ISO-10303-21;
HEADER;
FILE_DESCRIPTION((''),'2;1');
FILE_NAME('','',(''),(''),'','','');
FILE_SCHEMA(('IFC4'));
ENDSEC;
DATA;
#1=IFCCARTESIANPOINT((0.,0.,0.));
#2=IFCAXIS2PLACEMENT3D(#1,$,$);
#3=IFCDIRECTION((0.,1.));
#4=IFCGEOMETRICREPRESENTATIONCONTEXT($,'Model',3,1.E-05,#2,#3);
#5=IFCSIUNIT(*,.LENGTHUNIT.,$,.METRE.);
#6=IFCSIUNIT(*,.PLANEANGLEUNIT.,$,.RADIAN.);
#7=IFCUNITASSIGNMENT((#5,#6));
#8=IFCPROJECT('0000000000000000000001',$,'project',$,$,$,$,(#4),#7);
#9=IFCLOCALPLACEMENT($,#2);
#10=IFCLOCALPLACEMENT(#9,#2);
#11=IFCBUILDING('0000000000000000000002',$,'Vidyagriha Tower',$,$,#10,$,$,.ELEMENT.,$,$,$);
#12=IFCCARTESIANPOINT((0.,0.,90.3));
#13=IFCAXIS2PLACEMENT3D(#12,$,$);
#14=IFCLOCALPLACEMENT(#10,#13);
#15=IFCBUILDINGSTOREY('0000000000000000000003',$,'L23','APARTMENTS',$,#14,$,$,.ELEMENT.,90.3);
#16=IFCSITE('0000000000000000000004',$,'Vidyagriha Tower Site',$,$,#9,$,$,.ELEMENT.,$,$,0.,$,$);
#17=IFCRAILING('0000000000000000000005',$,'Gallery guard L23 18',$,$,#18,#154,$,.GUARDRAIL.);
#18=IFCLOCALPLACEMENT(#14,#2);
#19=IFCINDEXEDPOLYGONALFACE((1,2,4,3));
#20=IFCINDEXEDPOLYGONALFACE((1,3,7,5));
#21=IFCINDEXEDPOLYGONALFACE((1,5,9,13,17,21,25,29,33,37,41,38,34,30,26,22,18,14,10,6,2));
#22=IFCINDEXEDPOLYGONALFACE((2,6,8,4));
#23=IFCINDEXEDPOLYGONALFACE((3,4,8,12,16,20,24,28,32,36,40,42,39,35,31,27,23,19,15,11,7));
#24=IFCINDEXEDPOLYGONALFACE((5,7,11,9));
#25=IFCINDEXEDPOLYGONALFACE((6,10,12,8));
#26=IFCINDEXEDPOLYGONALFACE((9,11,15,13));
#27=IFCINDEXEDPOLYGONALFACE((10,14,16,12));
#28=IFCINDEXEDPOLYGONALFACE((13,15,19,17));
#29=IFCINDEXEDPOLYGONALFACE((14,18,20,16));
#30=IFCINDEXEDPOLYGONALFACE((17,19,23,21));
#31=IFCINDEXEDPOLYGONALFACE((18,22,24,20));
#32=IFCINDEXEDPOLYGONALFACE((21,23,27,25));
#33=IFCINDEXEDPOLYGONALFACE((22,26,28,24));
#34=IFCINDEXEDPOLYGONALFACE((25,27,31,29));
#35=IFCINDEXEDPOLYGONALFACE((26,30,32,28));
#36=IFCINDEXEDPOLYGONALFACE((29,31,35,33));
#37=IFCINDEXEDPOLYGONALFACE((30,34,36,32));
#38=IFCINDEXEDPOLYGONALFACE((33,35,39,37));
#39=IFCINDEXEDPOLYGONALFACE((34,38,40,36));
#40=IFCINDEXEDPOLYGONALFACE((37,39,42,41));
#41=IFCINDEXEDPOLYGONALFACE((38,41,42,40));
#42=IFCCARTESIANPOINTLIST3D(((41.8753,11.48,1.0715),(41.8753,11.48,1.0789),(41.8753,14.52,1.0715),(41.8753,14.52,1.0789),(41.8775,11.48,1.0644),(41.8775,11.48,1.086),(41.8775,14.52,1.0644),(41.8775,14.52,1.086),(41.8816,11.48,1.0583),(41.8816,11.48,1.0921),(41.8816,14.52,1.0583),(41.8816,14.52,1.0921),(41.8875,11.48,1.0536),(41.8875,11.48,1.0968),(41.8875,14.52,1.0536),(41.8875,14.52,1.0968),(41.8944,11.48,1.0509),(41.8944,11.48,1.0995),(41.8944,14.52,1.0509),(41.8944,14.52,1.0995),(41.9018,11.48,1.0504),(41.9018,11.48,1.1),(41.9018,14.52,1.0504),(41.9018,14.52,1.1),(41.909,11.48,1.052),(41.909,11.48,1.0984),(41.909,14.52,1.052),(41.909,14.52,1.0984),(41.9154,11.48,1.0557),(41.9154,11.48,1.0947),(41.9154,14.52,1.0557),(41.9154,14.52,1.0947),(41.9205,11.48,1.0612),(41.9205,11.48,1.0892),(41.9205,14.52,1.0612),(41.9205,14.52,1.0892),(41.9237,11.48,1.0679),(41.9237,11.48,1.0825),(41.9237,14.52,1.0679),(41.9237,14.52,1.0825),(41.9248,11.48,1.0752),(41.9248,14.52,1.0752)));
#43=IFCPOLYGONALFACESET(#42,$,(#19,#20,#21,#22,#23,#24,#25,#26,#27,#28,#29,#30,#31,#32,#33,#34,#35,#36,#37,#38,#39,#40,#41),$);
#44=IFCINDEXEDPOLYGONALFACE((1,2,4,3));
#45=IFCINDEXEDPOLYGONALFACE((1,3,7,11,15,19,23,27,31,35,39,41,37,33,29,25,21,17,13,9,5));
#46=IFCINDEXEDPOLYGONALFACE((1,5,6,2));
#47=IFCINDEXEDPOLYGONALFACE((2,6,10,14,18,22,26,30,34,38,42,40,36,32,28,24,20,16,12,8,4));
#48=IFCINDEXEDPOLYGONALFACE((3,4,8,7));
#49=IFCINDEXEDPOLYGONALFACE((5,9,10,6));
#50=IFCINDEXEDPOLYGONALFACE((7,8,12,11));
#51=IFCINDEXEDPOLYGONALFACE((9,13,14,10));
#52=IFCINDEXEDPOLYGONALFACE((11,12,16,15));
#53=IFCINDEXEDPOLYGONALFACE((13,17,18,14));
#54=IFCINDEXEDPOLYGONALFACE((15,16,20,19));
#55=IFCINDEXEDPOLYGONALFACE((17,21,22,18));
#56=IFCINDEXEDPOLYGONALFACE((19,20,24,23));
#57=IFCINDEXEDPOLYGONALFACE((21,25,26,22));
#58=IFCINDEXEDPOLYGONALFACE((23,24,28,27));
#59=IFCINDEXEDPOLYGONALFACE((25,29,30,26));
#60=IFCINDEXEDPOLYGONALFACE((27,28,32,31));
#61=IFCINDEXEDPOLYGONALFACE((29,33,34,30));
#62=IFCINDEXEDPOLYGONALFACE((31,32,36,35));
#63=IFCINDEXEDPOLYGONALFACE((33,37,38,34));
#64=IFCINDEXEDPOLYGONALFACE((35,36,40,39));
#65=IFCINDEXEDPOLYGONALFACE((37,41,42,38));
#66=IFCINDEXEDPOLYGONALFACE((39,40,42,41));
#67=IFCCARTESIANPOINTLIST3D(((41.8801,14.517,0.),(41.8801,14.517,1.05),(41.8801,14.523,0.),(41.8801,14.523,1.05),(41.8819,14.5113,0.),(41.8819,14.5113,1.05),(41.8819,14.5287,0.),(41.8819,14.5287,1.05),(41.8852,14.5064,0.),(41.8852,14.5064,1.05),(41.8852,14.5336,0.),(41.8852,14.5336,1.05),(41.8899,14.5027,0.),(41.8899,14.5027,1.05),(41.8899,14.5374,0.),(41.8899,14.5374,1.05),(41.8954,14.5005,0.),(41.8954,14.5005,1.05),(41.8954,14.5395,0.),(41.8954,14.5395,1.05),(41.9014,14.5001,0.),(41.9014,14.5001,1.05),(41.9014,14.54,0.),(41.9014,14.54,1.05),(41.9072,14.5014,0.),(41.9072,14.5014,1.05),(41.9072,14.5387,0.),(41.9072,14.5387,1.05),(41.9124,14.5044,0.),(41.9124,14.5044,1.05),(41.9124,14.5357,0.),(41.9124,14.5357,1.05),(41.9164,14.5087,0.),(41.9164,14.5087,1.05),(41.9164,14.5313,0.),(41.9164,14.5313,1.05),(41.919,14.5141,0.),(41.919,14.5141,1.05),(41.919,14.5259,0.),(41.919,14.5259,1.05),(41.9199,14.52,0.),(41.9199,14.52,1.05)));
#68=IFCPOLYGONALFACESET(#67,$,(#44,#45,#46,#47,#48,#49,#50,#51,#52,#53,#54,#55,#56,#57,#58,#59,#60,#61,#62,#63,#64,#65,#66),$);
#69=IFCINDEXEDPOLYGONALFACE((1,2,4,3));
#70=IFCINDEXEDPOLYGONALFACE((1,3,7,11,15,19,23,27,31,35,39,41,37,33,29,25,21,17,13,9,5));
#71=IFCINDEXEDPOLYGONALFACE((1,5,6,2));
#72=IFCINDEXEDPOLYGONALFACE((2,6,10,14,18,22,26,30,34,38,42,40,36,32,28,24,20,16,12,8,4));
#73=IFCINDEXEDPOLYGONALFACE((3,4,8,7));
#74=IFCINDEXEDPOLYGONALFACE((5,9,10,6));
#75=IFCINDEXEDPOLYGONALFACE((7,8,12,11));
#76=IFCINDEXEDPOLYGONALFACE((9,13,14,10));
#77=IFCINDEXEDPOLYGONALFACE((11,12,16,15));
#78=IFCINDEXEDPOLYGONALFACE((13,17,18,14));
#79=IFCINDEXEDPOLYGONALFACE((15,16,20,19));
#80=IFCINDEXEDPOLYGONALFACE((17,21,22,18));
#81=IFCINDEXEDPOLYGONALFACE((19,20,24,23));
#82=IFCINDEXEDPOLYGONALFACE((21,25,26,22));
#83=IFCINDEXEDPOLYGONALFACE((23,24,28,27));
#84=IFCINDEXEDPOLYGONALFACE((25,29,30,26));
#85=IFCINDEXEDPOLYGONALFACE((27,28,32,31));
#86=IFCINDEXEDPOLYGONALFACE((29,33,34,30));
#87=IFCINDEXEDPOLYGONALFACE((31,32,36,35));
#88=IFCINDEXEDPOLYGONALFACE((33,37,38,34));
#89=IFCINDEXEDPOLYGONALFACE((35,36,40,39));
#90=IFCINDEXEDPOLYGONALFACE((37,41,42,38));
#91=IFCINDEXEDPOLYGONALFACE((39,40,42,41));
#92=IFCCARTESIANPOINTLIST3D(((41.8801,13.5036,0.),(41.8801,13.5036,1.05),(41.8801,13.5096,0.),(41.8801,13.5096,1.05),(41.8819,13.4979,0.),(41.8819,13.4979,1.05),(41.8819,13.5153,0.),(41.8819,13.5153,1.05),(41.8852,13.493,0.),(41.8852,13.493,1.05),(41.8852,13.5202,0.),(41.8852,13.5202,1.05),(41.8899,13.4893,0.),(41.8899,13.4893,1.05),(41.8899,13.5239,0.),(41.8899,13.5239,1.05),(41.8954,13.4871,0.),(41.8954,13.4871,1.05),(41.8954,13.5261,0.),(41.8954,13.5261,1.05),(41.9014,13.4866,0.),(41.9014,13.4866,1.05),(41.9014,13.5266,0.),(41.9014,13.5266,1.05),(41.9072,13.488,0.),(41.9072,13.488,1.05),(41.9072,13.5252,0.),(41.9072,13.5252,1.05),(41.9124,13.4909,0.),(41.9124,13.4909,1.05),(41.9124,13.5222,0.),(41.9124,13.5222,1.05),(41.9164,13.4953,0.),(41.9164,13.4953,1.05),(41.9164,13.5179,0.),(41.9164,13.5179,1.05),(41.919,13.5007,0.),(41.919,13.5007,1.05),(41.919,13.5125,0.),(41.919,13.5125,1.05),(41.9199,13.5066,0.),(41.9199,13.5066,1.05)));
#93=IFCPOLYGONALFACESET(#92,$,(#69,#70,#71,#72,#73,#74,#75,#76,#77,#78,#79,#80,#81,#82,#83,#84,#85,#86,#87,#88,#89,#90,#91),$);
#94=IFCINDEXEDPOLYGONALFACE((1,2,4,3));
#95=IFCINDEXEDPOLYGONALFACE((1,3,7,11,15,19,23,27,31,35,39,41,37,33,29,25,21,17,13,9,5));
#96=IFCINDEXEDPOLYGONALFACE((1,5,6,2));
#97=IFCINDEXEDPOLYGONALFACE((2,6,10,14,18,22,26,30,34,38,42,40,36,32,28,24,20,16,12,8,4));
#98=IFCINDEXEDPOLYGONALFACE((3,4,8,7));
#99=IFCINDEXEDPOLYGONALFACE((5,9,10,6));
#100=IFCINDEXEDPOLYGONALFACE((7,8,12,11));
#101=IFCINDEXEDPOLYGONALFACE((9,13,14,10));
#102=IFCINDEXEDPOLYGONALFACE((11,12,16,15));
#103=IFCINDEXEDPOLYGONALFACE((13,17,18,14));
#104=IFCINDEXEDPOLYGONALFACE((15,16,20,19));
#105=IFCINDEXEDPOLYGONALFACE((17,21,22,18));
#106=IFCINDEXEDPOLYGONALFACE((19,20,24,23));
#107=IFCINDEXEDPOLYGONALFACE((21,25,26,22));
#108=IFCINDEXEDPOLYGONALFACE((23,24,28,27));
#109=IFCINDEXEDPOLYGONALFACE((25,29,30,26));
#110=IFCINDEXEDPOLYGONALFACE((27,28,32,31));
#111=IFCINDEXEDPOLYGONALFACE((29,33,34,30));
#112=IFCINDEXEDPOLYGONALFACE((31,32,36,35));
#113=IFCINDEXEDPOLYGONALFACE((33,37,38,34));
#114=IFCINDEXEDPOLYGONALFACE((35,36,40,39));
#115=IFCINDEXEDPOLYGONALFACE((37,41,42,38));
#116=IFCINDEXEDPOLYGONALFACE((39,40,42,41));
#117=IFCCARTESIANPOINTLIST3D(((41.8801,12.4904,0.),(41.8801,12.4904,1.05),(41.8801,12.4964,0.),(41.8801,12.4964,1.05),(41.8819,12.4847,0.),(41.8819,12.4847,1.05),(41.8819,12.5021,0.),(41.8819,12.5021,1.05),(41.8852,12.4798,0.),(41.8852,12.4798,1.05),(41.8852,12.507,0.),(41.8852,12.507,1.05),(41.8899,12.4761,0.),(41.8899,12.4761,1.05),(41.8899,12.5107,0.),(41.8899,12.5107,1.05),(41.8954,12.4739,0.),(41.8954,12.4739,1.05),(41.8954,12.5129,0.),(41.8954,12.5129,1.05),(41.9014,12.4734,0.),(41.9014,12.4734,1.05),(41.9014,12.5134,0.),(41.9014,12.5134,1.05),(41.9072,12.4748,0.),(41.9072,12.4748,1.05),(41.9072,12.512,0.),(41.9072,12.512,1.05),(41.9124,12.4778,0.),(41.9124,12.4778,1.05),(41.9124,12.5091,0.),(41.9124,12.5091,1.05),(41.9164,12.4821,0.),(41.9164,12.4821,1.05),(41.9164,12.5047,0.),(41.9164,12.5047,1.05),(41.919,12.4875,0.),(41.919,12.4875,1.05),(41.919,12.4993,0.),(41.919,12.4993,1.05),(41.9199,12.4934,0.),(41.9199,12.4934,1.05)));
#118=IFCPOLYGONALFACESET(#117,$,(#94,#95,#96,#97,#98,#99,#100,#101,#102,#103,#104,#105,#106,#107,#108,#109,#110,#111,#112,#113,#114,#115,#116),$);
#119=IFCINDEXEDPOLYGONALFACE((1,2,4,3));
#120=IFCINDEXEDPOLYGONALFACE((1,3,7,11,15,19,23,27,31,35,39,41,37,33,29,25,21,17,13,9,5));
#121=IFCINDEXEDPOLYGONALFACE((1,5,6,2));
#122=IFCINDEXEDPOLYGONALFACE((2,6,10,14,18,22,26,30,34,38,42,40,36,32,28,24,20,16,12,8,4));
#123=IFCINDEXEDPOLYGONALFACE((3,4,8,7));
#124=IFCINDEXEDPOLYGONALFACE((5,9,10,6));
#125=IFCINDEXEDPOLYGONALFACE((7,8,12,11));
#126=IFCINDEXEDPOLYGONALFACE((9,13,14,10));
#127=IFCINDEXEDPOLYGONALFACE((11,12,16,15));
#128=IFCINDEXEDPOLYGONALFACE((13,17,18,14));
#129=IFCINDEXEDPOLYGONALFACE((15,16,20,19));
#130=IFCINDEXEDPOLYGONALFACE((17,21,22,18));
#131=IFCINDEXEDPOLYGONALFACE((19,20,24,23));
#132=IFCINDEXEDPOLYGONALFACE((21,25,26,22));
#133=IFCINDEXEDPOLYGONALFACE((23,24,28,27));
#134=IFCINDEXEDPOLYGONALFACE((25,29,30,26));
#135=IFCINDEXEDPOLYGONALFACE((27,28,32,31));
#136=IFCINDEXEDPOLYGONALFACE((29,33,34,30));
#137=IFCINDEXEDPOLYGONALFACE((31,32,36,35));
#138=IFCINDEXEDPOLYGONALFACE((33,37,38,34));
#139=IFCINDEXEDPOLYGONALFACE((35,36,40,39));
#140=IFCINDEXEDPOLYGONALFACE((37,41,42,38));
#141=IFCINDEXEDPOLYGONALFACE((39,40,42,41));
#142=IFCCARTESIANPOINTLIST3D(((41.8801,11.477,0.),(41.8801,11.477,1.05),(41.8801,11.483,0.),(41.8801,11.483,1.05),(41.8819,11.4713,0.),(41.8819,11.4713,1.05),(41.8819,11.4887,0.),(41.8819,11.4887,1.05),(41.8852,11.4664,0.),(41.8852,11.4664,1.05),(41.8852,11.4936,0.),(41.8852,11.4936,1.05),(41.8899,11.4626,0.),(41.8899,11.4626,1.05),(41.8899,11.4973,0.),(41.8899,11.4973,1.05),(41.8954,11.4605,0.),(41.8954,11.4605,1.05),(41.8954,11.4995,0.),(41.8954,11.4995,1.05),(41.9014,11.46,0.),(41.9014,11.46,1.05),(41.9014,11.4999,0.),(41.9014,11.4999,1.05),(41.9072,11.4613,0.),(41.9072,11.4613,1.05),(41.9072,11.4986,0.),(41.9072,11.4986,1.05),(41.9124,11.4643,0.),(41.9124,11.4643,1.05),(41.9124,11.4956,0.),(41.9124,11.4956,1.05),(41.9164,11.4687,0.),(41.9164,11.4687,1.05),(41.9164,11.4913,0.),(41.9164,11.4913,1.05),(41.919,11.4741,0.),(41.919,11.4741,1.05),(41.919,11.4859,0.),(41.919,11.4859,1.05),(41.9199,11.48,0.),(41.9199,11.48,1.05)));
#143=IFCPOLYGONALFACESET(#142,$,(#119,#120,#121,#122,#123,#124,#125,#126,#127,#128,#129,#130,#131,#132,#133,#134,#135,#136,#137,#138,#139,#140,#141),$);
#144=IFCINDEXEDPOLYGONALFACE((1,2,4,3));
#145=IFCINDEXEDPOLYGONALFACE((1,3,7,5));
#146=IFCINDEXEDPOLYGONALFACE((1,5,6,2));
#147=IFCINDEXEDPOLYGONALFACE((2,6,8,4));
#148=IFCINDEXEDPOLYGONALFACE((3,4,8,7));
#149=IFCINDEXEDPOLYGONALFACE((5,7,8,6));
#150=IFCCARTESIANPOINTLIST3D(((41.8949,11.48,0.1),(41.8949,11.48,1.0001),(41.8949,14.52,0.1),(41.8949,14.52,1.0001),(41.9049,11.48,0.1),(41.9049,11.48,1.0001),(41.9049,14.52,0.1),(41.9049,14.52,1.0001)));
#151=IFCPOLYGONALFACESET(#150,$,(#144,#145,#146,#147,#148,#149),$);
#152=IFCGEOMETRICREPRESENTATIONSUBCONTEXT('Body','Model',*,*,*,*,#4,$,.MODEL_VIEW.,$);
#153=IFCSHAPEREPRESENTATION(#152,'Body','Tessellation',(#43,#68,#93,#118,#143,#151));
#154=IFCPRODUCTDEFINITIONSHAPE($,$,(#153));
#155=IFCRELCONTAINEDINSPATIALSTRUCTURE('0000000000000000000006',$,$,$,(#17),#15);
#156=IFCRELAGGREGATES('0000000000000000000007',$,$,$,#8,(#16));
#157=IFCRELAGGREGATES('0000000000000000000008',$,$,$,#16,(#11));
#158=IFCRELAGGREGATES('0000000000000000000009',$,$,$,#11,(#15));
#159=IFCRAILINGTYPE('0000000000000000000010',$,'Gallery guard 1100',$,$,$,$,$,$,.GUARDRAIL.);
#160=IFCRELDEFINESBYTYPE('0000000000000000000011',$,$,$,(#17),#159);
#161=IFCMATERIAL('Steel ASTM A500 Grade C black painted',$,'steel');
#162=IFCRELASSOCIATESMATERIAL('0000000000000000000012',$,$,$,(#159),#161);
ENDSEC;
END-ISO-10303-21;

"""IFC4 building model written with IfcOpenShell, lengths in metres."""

from ifc_helpers import new_model, si_unit, direction, frame, origin, origin_2d, place, context, subcontext, project, spatial, rectangle, circle, extrude, material, type_object, element, save


model = new_model("IFC4")

# Units and contexts
model_context = context("Model", 3, precision=1e-05, world=origin(), true_north=direction((0.0, 1.0)))
body_context = subcontext(model_context, "Body", "Model", "MODEL_VIEW")
ifc_project = project(units=[si_unit("LENGTHUNIT", "METRE"), si_unit("PLANEANGLEUNIT", "RADIAN")], contexts=[model_context])

# Site, building, storey
site_placement = place(None, origin())
site = spatial("IfcSite", under=ifc_project, at=site_placement, Name="Vidyagriha Tower Site", CompositionType="ELEMENT", RefElevation=0.0)
building_placement = place(site_placement, origin())
building = spatial("IfcBuilding", under=site, at=building_placement, Name="Vidyagriha Tower", CompositionType="ELEMENT")
storey_placement = place(building_placement, frame((0.0, 0.0, 90.3)))
storey = spatial("IfcBuildingStorey", under=building, at=storey_placement, Name="L23", Description="APARTMENTS", CompositionType="ELEMENT", Elevation=90.3)

# Railing
ifc_material_1 = material(Name="Steel ASTM A500 Grade C black painted", Category="steel")
railing_type = type_object("IfcRailingType", Name="Gallery guard 1100", PredefinedType="GUARDRAIL", material=ifc_material_1)
railing_1_placement = place(storey_placement, frame((41.8999, 14.52, 0.0)))
element("IfcRailing", 1, at=railing_1_placement, inside=storey, type_object=railing_type, Name="Gallery guard L23 18", PredefinedType="GUARDRAIL", context=body_context, shape_type="SweptSolid", body=[
    extrude(circle(Radius=0.0249, at=origin_2d()), frame((0.0, 0.0, 1.0752), z_axis=(0.0, -1.0, 0.0), x_axis=(1.0, 0.0, 0.0)), (0.0, 0.0, 1.0), 3.04),
    extrude(circle(Radius=0.02, at=origin_2d()), origin(), (0.0, 0.0, 1.0), 1.05),
    extrude(circle(Radius=0.02, at=origin_2d()), frame((0.0, -1.0134, 0.0)), (0.0, 0.0, 1.0), 1.05),
    extrude(circle(Radius=0.02, at=origin_2d()), frame((0.0, -2.0266, 0.0)), (0.0, 0.0, 1.0), 1.05),
    extrude(circle(Radius=0.02, at=origin_2d()), frame((0.0, -3.04, 0.0)), (0.0, 0.0, 1.0), 1.05),
    extrude(rectangle(XDim=0.01, YDim=0.9001, at=origin_2d()), frame((0.0, 0.0, 0.55), z_axis=(0.0, -1.0, 0.0), x_axis=(1.0, 0.0, 0.0)), (0.0, 0.0, 1.0), 3.04),
])

save(model, "model.ifc")
